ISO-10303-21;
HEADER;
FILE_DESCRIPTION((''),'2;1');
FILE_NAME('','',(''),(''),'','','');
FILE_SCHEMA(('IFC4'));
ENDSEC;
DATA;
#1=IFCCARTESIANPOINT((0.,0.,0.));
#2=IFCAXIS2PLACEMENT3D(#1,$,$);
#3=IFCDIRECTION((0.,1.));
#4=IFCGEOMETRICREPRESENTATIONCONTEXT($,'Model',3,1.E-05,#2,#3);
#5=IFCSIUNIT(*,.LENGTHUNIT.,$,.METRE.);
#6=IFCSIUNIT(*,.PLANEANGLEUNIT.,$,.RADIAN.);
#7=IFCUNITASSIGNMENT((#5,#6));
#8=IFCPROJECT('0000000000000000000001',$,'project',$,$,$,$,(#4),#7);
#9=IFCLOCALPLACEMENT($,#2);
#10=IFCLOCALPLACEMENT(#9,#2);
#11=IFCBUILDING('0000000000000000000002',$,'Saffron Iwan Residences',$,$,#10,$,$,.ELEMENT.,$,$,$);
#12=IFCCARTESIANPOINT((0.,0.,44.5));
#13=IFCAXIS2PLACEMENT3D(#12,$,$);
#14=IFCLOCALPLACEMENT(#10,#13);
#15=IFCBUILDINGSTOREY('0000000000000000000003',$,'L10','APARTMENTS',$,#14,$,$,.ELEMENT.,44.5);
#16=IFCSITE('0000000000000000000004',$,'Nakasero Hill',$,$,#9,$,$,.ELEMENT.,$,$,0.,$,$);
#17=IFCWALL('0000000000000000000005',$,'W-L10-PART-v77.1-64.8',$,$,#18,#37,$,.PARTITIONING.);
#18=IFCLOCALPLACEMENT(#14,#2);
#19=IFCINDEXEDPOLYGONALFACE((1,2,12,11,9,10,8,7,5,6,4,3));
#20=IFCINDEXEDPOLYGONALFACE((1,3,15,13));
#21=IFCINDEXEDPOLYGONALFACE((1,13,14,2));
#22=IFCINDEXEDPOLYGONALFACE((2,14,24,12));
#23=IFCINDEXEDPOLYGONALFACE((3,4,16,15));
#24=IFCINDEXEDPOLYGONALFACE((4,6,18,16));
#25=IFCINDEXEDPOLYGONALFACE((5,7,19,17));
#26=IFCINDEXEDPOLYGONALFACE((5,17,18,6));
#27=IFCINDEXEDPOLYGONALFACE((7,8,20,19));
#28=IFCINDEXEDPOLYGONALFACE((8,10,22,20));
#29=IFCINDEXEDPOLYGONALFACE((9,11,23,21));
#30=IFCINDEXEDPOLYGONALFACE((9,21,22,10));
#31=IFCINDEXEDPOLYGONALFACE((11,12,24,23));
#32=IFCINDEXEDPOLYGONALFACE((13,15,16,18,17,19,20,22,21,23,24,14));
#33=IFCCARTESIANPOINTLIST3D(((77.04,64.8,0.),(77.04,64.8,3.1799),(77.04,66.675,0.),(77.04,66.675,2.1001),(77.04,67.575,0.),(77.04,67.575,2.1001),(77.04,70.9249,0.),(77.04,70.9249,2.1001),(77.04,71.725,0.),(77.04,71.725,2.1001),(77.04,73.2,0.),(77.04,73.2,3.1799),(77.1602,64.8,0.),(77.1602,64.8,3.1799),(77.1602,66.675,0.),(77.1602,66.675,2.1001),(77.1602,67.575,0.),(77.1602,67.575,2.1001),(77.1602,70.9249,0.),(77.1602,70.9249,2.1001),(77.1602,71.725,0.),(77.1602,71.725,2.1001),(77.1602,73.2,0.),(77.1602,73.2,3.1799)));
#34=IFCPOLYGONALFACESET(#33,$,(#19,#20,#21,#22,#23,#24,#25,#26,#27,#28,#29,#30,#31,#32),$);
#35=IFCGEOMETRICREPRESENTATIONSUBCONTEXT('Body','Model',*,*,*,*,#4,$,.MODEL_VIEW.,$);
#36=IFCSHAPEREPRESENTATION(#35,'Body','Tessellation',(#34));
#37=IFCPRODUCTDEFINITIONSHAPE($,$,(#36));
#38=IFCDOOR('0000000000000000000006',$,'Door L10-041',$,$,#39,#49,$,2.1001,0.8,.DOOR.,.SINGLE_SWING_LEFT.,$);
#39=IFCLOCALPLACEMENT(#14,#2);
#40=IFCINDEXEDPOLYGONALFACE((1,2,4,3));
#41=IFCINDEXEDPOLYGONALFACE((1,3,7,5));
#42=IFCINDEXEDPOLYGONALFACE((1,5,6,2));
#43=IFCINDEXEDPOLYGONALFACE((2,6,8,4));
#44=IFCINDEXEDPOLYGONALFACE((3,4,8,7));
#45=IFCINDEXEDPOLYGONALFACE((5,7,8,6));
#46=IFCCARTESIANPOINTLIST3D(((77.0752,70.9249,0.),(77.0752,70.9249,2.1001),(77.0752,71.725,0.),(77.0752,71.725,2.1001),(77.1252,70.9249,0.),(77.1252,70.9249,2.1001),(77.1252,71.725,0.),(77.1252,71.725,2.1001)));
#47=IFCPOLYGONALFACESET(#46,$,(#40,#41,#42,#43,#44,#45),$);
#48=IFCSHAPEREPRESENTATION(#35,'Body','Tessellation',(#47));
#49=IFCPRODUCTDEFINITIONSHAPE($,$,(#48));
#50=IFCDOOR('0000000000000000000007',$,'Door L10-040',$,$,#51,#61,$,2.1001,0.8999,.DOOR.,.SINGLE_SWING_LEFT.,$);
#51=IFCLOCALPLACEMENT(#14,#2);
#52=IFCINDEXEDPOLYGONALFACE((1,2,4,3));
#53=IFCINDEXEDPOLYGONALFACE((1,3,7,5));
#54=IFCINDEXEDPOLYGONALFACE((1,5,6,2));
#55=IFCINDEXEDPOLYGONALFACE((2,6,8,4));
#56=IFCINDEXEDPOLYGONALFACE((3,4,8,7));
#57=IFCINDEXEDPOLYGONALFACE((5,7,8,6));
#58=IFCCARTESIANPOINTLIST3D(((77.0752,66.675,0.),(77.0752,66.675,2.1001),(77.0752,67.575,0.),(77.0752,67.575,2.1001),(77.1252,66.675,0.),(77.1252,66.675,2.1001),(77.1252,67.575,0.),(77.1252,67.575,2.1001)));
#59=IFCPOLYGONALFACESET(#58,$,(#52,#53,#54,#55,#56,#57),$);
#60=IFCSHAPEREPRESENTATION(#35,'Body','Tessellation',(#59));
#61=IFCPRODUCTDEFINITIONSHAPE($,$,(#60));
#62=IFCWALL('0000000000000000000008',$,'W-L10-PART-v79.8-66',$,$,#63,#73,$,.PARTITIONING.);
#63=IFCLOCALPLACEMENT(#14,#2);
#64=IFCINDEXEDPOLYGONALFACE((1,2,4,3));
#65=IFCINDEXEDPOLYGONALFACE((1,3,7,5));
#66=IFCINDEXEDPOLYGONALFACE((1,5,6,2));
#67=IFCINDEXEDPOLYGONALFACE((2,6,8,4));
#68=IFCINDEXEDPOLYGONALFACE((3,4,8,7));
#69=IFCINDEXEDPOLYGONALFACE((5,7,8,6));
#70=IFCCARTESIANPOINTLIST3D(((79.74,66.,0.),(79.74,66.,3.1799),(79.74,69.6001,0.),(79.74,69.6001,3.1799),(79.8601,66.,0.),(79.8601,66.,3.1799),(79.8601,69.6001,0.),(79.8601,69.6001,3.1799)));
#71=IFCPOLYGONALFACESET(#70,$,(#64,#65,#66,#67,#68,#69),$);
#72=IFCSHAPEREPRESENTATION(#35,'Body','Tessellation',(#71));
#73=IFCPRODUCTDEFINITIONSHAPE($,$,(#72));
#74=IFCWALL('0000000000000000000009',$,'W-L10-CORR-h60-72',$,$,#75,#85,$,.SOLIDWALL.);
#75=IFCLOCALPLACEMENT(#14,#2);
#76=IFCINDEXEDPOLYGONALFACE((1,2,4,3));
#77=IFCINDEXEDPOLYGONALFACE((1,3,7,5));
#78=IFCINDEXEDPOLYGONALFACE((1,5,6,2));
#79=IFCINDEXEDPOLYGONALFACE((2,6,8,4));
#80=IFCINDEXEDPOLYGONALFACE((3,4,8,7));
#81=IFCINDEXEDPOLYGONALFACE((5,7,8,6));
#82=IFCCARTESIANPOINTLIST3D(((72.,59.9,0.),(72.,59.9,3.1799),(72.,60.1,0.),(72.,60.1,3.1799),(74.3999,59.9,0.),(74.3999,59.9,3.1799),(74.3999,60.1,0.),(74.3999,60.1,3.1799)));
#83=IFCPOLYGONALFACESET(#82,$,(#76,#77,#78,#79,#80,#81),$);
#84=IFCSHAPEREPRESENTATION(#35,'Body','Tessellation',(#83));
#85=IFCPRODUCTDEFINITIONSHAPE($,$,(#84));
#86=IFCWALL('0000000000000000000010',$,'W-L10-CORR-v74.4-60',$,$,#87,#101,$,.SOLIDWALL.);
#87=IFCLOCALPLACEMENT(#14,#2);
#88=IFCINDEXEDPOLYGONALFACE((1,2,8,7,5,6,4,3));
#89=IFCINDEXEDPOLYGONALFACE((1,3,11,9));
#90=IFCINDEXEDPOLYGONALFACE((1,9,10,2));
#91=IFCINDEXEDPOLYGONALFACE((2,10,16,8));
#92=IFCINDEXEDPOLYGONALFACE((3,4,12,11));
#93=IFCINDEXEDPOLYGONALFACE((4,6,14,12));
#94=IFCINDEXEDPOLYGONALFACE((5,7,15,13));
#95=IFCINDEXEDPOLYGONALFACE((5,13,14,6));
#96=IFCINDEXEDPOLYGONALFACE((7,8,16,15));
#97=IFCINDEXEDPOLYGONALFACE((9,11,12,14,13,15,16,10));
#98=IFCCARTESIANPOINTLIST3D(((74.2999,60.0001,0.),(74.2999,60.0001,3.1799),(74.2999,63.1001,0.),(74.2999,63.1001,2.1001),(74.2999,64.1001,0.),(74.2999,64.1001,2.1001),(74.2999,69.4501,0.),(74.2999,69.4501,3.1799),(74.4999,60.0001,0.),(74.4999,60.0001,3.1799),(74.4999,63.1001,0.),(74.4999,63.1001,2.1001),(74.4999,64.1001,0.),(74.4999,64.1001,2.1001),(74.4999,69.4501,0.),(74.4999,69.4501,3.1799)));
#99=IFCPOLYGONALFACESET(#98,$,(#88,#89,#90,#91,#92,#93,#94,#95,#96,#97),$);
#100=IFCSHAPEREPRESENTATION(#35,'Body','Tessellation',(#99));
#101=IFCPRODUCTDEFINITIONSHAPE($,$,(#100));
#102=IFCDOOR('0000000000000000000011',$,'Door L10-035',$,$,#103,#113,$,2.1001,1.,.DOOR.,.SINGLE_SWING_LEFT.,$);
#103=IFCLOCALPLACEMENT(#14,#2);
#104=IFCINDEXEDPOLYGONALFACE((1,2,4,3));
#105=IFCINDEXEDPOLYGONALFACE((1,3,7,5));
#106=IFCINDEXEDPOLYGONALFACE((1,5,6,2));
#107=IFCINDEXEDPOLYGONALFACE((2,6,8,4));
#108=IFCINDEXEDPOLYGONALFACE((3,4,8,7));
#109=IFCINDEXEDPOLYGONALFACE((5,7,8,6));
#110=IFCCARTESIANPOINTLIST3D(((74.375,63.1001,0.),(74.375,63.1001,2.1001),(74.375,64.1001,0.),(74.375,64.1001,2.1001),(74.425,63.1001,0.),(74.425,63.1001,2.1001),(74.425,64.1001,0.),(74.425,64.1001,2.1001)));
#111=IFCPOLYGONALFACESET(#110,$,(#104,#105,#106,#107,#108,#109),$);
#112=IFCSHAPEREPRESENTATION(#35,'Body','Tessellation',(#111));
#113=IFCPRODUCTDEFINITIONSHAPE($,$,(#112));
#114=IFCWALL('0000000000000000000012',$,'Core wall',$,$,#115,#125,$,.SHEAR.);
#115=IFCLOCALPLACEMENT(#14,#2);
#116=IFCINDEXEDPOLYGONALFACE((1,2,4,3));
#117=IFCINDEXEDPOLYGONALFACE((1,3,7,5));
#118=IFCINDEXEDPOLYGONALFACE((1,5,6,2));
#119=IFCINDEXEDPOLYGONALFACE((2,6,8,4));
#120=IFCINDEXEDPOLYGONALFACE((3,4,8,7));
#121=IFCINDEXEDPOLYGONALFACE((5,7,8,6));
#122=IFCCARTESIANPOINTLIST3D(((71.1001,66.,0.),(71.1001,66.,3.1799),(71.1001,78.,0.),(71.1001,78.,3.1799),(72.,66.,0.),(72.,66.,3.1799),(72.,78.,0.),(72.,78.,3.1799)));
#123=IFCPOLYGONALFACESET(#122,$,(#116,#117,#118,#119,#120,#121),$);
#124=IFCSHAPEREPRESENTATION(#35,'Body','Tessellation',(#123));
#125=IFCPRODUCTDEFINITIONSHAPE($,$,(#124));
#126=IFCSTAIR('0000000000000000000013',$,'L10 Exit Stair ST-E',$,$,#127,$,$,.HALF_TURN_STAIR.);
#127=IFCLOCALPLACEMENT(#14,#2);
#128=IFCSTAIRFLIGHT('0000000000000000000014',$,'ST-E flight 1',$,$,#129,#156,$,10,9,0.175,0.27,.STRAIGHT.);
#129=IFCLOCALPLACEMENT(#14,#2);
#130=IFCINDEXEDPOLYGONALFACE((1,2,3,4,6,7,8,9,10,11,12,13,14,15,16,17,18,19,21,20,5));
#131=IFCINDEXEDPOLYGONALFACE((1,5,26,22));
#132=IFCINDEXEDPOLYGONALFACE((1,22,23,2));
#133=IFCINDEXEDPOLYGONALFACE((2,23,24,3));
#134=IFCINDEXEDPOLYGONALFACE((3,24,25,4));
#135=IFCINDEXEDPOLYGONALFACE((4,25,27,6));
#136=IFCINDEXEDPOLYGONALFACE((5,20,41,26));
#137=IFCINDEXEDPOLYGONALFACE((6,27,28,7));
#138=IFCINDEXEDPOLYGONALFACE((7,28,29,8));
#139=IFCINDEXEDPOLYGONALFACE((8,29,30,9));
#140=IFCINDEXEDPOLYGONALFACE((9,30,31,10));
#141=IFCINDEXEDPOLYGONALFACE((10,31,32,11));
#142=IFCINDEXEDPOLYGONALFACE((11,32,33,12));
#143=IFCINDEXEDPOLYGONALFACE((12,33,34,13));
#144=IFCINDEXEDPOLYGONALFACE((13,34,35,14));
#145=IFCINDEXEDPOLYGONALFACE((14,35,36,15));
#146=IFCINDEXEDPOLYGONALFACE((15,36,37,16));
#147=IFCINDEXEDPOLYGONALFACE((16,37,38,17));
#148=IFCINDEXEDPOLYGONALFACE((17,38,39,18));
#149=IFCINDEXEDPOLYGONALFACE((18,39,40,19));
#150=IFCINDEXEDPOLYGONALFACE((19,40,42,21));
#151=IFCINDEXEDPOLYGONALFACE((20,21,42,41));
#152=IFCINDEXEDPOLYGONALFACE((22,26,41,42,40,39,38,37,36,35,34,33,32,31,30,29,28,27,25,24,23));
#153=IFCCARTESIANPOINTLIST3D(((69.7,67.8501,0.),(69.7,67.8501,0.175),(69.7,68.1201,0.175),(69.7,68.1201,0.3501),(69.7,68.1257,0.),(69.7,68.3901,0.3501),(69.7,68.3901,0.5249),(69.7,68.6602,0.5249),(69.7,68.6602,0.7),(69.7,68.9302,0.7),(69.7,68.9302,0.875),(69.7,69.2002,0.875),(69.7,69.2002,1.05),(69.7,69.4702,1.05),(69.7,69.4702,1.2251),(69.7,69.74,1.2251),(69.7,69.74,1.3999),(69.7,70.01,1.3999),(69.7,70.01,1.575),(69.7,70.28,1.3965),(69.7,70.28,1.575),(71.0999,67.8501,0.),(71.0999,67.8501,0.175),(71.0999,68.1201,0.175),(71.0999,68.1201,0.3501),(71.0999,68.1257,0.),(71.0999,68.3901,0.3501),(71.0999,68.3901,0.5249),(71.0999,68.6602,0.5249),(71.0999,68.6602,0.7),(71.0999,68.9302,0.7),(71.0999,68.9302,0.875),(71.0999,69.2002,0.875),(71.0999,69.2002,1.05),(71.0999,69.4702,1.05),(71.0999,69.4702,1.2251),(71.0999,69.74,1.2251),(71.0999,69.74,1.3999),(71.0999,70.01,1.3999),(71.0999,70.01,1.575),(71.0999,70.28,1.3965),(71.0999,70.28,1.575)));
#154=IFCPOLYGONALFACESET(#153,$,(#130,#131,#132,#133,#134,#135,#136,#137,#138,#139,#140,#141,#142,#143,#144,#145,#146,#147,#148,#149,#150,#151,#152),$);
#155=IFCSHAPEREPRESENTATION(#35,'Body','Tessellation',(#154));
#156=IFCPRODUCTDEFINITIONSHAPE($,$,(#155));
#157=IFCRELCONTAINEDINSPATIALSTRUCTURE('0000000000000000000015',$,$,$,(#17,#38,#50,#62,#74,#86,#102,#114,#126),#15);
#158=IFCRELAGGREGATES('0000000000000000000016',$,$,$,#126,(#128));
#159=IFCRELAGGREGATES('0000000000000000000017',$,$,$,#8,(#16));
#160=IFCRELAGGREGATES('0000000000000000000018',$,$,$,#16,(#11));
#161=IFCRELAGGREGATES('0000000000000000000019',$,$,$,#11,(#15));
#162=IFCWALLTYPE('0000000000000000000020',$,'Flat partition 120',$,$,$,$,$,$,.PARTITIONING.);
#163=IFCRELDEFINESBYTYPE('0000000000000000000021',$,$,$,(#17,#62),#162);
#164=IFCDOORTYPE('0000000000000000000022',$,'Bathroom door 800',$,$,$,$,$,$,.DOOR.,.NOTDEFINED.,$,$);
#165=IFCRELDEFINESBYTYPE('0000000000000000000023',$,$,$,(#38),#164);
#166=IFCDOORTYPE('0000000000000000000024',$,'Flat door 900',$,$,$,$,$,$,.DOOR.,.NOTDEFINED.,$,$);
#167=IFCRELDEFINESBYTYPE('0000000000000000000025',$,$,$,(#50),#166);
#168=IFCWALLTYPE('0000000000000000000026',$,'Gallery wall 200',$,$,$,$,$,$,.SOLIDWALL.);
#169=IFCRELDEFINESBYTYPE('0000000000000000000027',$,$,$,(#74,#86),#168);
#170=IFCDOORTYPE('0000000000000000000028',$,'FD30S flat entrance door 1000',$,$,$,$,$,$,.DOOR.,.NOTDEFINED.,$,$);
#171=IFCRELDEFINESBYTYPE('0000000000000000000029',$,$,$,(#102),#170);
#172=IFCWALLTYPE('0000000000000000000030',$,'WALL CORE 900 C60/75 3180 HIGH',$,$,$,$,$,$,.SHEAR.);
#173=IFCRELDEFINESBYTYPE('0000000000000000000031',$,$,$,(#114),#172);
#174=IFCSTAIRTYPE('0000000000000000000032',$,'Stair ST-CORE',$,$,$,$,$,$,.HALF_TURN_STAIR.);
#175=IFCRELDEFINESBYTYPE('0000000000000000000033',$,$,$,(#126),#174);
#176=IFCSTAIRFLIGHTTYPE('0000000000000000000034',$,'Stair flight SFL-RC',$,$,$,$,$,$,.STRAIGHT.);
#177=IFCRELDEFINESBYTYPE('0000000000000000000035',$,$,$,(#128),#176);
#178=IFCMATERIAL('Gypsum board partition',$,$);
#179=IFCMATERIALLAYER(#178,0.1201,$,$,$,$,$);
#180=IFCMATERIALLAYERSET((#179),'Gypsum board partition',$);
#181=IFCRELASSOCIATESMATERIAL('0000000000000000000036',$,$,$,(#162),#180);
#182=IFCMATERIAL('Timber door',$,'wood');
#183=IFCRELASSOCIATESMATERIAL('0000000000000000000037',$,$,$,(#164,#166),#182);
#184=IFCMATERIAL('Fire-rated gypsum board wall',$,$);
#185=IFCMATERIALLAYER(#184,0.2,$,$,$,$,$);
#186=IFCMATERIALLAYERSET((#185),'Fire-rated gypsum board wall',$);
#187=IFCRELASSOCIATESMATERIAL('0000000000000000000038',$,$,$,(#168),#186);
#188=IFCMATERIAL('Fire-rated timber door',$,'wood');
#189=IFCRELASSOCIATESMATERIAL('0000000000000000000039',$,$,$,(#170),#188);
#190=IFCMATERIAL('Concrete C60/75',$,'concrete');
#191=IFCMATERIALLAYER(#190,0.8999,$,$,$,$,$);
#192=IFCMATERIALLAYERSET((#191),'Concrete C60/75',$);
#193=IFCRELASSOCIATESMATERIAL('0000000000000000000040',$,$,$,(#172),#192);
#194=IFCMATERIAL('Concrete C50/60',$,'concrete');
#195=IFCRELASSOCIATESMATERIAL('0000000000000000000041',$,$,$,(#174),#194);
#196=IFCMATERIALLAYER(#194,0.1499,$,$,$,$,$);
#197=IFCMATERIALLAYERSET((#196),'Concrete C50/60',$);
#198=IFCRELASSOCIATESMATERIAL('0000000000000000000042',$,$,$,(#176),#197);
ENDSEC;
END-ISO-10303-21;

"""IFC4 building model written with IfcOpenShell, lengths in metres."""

from ifc_helpers import new_model, si_unit, direction, frame, frame_2d, origin, place, context, subcontext, project, spatial, polyline, rectangle, outline, extrude, material, layer, layer_set, type_object, element, fill, aggregate, save


model = new_model("IFC4")

# Units and contexts
model_context = context("Model", 3, precision=1e-05, world=origin(), true_north=direction((0.0, 1.0)))
body_context = subcontext(model_context, "Body", "Model", "MODEL_VIEW")
ifc_project = project(units=[si_unit("LENGTHUNIT", "METRE"), si_unit("PLANEANGLEUNIT", "RADIAN")], contexts=[model_context])

# Site, building, storey
site_placement = place(None, origin())
site = spatial("IfcSite", under=ifc_project, at=site_placement, Name="Nakasero Hill", CompositionType="ELEMENT", RefElevation=0.0)
building_placement = place(site_placement, origin())
building = spatial("IfcBuilding", under=site, at=building_placement, Name="Saffron Iwan Residences", CompositionType="ELEMENT")
storey_placement = place(building_placement, frame((0.0, 0.0, 44.5)))
storey = spatial("IfcBuildingStorey", under=building, at=storey_placement, Name="L10", Description="APARTMENTS", CompositionType="ELEMENT", Elevation=44.5)

# Shared definitions
ifc_material_1 = material(Name="Concrete C60/75", Category="concrete")

# Shared definitions
ifc_material_2 = material(Name="Fire-rated gypsum board wall")

# Shared definitions
ifc_material_3 = material(Name="Gypsum board partition")
ifc_layer_1 = layer(ifc_material_3, 0.1201)
ifc_layer_set_1 = layer_set([ifc_layer_1], Name="Gypsum board partition")
wall_type_1 = type_object("IfcWallType", Name="Flat partition 120", PredefinedType="PARTITIONING", material=ifc_layer_set_1)
ifc_material_4 = material(Name="Timber door", Category="wood")
door_type_1 = type_object("IfcDoorType", Name="Bathroom door 800", OperationType="NOTDEFINED", PredefinedType="DOOR", material=ifc_material_4)

# Wall, openings, doors
wall_1_placement = place(storey_placement, frame((77.1001, 64.8, 0.0), z_axis=(0.0, 0.0, 1.0), x_axis=(0.0, 1.0, 0.0)))
wall_1 = element("IfcWall", 1, at=wall_1_placement, inside=storey, type_object=wall_type_1, Name="W-L10-PART-v77.1-64.8", PredefinedType="PARTITIONING", context=body_context, shape_type="SweptSolid", body=[
    extrude(rectangle(XDim=8.3999, YDim=0.1201, at=frame_2d((4.2, 0.0))), origin(), (0.0, 0.0, 1.0), 3.1799),
])
opening_1_placement = place(wall_1_placement, frame((1.875, 0.0, 0.0)))
opening_1 = element("IfcOpeningElement", 2, at=opening_1_placement, cuts=wall_1, PredefinedType="OPENING", context=body_context, shape_type="SweptSolid", body=[
    extrude(rectangle(XDim=0.8999, YDim=2.1001, at=frame_2d((0.45, 1.05))), frame((0.0, 0.0701, 0.0), z_axis=(0.0, -1.0, 0.0), x_axis=(1.0, 0.0, 0.0)), (0.0, 0.0, 1.0), 0.1401),
])
opening_2_placement = place(wall_1_placement, frame((6.125, 0.0, 0.0)))
opening_2 = element("IfcOpeningElement", 3, at=opening_2_placement, cuts=wall_1, PredefinedType="OPENING", context=body_context, shape_type="SweptSolid", body=[
    extrude(rectangle(XDim=0.8, YDim=2.1001, at=frame_2d((0.3999, 1.05))), frame((0.0, 0.0701, 0.0), z_axis=(0.0, -1.0, 0.0), x_axis=(1.0, 0.0, 0.0)), (0.0, 0.0, 1.0), 0.1401),
])
door_1_placement = place(opening_2_placement, origin())
door_1 = element("IfcDoor", 4, at=door_1_placement, inside=storey, type_object=door_type_1, Name="Door L10-041", OperationType="SINGLE_SWING_LEFT", OverallHeight=2.1001, OverallWidth=0.8, PredefinedType="DOOR", context=body_context, shape_type="SweptSolid", body=[
    extrude(rectangle(XDim=0.8, YDim=2.1001, at=frame_2d((0.3999, 1.05))), frame((0.0, 0.0249, 0.0), z_axis=(0.0, -1.0, 0.0), x_axis=(1.0, 0.0, 0.0)), (0.0, 0.0, 1.0), 0.05),
])
fill(opening_2, door_1)
door_type_2 = type_object("IfcDoorType", Name="Flat door 900", OperationType="NOTDEFINED", PredefinedType="DOOR", material=ifc_material_4)
door_2_placement = place(opening_1_placement, origin())
door_2 = element("IfcDoor", 5, at=door_2_placement, inside=storey, type_object=door_type_2, Name="Door L10-040", OperationType="SINGLE_SWING_LEFT", OverallHeight=2.1001, OverallWidth=0.8999, PredefinedType="DOOR", context=body_context, shape_type="SweptSolid", body=[
    extrude(rectangle(XDim=0.8999, YDim=2.1001, at=frame_2d((0.45, 1.05))), frame((0.0, 0.0249, 0.0), z_axis=(0.0, -1.0, 0.0), x_axis=(1.0, 0.0, 0.0)), (0.0, 0.0, 1.0), 0.05),
])
fill(opening_1, door_2)

# Walls
wall_2_placement = place(storey_placement, frame((79.8, 66.0, 0.0), z_axis=(0.0, 0.0, 1.0), x_axis=(0.0, 1.0, 0.0)))
element("IfcWall", 6, at=wall_2_placement, inside=storey, type_object=wall_type_1, Name="W-L10-PART-v79.8-66", PredefinedType="PARTITIONING", context=body_context, shape_type="SweptSolid", body=[
    extrude(rectangle(XDim=3.6001, YDim=0.1201, at=frame_2d((1.8, 0.0))), origin(), (0.0, 0.0, 1.0), 3.1799),
])
ifc_layer_2 = layer(ifc_material_2, 0.2)
ifc_layer_set_2 = layer_set([ifc_layer_2], Name="Fire-rated gypsum board wall")
wall_type_2 = type_object("IfcWallType", Name="Gallery wall 200", PredefinedType="SOLIDWALL", material=ifc_layer_set_2)
wall_3_placement = place(storey_placement, frame((72.0, 60.0, 0.0), z_axis=(0.0, 0.0, 1.0), x_axis=(1.0, 0.0, 0.0)))
element("IfcWall", 7, at=wall_3_placement, inside=storey, type_object=wall_type_2, Name="W-L10-CORR-h60-72", PredefinedType="SOLIDWALL", context=body_context, shape_type="SweptSolid", body=[
    extrude(rectangle(XDim=2.3999, YDim=0.2, at=frame_2d((1.2, 0.0))), origin(), (0.0, 0.0, 1.0), 3.1799),
])

# Wall, opening, door
wall_4_placement = place(storey_placement, frame((74.3999, 60.0, 0.0), z_axis=(0.0, 0.0, 1.0), x_axis=(0.0, 1.0, 0.0)))
wall_4 = element("IfcWall", 8, at=wall_4_placement, inside=storey, type_object=wall_type_2, Name="W-L10-CORR-v74.4-60", PredefinedType="SOLIDWALL", context=body_context, shape_type="SweptSolid", body=[
    extrude(rectangle(XDim=9.45, YDim=0.2, at=frame_2d((4.7251, 0.0))), origin(), (0.0, 0.0, 1.0), 3.1799),
])
opening_3_placement = place(wall_4_placement, frame((3.1001, 0.0, 0.0)))
opening_3 = element("IfcOpeningElement", 9, at=opening_3_placement, cuts=wall_4, PredefinedType="OPENING", context=body_context, shape_type="SweptSolid", body=[
    extrude(rectangle(XDim=1.0, YDim=2.1001, at=frame_2d((0.5, 1.05))), frame((0.0, 0.1099, 0.0), z_axis=(0.0, -1.0, 0.0), x_axis=(1.0, 0.0, 0.0)), (0.0, 0.0, 1.0), 0.22),
])
ifc_material_5 = material(Name="Fire-rated timber door", Category="wood")
door_type_3 = type_object("IfcDoorType", Name="FD30S flat entrance door 1000", OperationType="NOTDEFINED", PredefinedType="DOOR", material=ifc_material_5)
door_3_placement = place(opening_3_placement, origin())
door_3 = element("IfcDoor", 10, at=door_3_placement, inside=storey, type_object=door_type_3, Name="Door L10-035", OperationType="SINGLE_SWING_LEFT", OverallHeight=2.1001, OverallWidth=1.0, PredefinedType="DOOR", context=body_context, shape_type="SweptSolid", body=[
    extrude(rectangle(XDim=1.0, YDim=2.1001, at=frame_2d((0.5, 1.05))), frame((0.0, 0.0249, 0.0), z_axis=(0.0, -1.0, 0.0), x_axis=(1.0, 0.0, 0.0)), (0.0, 0.0, 1.0), 0.05),
])
fill(opening_3, door_3)

# Wall
ifc_layer_3 = layer(ifc_material_1, 0.8999)
ifc_layer_set_3 = layer_set([ifc_layer_3], Name="Concrete C60/75")
wall_type_3 = type_object("IfcWallType", Name="WALL CORE 900 C60/75 3180 HIGH", PredefinedType="SHEAR", material=ifc_layer_set_3)
wall_5_placement = place(storey_placement, frame((71.55, 66.0, 0.0), z_axis=(0.0, 0.0, 1.0), x_axis=(0.0, 1.0, 0.0)))
element("IfcWall", 11, at=wall_5_placement, inside=storey, type_object=wall_type_3, Name="Core wall", PredefinedType="SHEAR", context=body_context, shape_type="SweptSolid", body=[
    extrude(rectangle(XDim=12.0, YDim=0.8999, at=frame_2d((6.0, 0.0))), origin(), (0.0, 0.0, 1.0), 3.1799),
])

# Stair, stair flight
ifc_material_6 = material(Name="Concrete C50/60", Category="concrete")
stair_type = type_object("IfcStairType", Name="Stair ST-CORE", PredefinedType="HALF_TURN_STAIR", material=ifc_material_6)
stair_placement = place(storey_placement, origin())
stair = element("IfcStair", 12, at=stair_placement, inside=storey, type_object=stair_type, Name="L10 Exit Stair ST-E", PredefinedType="HALF_TURN_STAIR")
ifc_layer_4 = layer(ifc_material_6, 0.1499)
ifc_layer_set_4 = layer_set([ifc_layer_4], Name="Concrete C50/60")
stair_flight_type = type_object("IfcStairFlightType", Name="Stair flight SFL-RC", PredefinedType="STRAIGHT", material=ifc_layer_set_4)
stair_flight_placement = place(storey_placement, frame((70.3999, 67.8501, 0.0), z_axis=(0.0, 0.0, 1.0), x_axis=(0.0, 1.0, 0.0)))
stair_flight = element("IfcStairFlight", 13, at=stair_flight_placement, type_object=stair_flight_type, Name="ST-E flight 1", NumberOfRisers=10, NumberOfTreads=9, PredefinedType="STRAIGHT", RiserHeight=0.175, TreadLength=0.27, context=body_context, shape_type="SweptSolid", body=[
    extrude(outline(polyline([(0.0, 0.0), (0.0, 0.175), (0.27, 0.175), (0.27, 0.3501), (0.54, 0.3501), (0.54, 0.5249), (0.8101, 0.5249), (0.8101, 0.7), (1.0801, 0.7), (1.0801, 0.875), (1.3501, 0.875), (1.3501, 1.05), (1.6201, 1.05), (1.6201, 1.2251), (1.8899, 1.2251), (1.8899, 1.3999), (2.1599, 1.3999), (2.1599, 1.575), (2.4299, 1.575), (2.4299, 1.75), (2.4299, 1.3965), (0.2756, 0.0), (0.0, 0.0)])), frame((0.0, 0.7, 0.0), z_axis=(0.0, -1.0, 0.0), x_axis=(1.0, 0.0, 0.0)), (0.0, 0.0, 1.0), 1.3999),
])
aggregate(stair, [stair_flight])

save(model, "model.ifc")
